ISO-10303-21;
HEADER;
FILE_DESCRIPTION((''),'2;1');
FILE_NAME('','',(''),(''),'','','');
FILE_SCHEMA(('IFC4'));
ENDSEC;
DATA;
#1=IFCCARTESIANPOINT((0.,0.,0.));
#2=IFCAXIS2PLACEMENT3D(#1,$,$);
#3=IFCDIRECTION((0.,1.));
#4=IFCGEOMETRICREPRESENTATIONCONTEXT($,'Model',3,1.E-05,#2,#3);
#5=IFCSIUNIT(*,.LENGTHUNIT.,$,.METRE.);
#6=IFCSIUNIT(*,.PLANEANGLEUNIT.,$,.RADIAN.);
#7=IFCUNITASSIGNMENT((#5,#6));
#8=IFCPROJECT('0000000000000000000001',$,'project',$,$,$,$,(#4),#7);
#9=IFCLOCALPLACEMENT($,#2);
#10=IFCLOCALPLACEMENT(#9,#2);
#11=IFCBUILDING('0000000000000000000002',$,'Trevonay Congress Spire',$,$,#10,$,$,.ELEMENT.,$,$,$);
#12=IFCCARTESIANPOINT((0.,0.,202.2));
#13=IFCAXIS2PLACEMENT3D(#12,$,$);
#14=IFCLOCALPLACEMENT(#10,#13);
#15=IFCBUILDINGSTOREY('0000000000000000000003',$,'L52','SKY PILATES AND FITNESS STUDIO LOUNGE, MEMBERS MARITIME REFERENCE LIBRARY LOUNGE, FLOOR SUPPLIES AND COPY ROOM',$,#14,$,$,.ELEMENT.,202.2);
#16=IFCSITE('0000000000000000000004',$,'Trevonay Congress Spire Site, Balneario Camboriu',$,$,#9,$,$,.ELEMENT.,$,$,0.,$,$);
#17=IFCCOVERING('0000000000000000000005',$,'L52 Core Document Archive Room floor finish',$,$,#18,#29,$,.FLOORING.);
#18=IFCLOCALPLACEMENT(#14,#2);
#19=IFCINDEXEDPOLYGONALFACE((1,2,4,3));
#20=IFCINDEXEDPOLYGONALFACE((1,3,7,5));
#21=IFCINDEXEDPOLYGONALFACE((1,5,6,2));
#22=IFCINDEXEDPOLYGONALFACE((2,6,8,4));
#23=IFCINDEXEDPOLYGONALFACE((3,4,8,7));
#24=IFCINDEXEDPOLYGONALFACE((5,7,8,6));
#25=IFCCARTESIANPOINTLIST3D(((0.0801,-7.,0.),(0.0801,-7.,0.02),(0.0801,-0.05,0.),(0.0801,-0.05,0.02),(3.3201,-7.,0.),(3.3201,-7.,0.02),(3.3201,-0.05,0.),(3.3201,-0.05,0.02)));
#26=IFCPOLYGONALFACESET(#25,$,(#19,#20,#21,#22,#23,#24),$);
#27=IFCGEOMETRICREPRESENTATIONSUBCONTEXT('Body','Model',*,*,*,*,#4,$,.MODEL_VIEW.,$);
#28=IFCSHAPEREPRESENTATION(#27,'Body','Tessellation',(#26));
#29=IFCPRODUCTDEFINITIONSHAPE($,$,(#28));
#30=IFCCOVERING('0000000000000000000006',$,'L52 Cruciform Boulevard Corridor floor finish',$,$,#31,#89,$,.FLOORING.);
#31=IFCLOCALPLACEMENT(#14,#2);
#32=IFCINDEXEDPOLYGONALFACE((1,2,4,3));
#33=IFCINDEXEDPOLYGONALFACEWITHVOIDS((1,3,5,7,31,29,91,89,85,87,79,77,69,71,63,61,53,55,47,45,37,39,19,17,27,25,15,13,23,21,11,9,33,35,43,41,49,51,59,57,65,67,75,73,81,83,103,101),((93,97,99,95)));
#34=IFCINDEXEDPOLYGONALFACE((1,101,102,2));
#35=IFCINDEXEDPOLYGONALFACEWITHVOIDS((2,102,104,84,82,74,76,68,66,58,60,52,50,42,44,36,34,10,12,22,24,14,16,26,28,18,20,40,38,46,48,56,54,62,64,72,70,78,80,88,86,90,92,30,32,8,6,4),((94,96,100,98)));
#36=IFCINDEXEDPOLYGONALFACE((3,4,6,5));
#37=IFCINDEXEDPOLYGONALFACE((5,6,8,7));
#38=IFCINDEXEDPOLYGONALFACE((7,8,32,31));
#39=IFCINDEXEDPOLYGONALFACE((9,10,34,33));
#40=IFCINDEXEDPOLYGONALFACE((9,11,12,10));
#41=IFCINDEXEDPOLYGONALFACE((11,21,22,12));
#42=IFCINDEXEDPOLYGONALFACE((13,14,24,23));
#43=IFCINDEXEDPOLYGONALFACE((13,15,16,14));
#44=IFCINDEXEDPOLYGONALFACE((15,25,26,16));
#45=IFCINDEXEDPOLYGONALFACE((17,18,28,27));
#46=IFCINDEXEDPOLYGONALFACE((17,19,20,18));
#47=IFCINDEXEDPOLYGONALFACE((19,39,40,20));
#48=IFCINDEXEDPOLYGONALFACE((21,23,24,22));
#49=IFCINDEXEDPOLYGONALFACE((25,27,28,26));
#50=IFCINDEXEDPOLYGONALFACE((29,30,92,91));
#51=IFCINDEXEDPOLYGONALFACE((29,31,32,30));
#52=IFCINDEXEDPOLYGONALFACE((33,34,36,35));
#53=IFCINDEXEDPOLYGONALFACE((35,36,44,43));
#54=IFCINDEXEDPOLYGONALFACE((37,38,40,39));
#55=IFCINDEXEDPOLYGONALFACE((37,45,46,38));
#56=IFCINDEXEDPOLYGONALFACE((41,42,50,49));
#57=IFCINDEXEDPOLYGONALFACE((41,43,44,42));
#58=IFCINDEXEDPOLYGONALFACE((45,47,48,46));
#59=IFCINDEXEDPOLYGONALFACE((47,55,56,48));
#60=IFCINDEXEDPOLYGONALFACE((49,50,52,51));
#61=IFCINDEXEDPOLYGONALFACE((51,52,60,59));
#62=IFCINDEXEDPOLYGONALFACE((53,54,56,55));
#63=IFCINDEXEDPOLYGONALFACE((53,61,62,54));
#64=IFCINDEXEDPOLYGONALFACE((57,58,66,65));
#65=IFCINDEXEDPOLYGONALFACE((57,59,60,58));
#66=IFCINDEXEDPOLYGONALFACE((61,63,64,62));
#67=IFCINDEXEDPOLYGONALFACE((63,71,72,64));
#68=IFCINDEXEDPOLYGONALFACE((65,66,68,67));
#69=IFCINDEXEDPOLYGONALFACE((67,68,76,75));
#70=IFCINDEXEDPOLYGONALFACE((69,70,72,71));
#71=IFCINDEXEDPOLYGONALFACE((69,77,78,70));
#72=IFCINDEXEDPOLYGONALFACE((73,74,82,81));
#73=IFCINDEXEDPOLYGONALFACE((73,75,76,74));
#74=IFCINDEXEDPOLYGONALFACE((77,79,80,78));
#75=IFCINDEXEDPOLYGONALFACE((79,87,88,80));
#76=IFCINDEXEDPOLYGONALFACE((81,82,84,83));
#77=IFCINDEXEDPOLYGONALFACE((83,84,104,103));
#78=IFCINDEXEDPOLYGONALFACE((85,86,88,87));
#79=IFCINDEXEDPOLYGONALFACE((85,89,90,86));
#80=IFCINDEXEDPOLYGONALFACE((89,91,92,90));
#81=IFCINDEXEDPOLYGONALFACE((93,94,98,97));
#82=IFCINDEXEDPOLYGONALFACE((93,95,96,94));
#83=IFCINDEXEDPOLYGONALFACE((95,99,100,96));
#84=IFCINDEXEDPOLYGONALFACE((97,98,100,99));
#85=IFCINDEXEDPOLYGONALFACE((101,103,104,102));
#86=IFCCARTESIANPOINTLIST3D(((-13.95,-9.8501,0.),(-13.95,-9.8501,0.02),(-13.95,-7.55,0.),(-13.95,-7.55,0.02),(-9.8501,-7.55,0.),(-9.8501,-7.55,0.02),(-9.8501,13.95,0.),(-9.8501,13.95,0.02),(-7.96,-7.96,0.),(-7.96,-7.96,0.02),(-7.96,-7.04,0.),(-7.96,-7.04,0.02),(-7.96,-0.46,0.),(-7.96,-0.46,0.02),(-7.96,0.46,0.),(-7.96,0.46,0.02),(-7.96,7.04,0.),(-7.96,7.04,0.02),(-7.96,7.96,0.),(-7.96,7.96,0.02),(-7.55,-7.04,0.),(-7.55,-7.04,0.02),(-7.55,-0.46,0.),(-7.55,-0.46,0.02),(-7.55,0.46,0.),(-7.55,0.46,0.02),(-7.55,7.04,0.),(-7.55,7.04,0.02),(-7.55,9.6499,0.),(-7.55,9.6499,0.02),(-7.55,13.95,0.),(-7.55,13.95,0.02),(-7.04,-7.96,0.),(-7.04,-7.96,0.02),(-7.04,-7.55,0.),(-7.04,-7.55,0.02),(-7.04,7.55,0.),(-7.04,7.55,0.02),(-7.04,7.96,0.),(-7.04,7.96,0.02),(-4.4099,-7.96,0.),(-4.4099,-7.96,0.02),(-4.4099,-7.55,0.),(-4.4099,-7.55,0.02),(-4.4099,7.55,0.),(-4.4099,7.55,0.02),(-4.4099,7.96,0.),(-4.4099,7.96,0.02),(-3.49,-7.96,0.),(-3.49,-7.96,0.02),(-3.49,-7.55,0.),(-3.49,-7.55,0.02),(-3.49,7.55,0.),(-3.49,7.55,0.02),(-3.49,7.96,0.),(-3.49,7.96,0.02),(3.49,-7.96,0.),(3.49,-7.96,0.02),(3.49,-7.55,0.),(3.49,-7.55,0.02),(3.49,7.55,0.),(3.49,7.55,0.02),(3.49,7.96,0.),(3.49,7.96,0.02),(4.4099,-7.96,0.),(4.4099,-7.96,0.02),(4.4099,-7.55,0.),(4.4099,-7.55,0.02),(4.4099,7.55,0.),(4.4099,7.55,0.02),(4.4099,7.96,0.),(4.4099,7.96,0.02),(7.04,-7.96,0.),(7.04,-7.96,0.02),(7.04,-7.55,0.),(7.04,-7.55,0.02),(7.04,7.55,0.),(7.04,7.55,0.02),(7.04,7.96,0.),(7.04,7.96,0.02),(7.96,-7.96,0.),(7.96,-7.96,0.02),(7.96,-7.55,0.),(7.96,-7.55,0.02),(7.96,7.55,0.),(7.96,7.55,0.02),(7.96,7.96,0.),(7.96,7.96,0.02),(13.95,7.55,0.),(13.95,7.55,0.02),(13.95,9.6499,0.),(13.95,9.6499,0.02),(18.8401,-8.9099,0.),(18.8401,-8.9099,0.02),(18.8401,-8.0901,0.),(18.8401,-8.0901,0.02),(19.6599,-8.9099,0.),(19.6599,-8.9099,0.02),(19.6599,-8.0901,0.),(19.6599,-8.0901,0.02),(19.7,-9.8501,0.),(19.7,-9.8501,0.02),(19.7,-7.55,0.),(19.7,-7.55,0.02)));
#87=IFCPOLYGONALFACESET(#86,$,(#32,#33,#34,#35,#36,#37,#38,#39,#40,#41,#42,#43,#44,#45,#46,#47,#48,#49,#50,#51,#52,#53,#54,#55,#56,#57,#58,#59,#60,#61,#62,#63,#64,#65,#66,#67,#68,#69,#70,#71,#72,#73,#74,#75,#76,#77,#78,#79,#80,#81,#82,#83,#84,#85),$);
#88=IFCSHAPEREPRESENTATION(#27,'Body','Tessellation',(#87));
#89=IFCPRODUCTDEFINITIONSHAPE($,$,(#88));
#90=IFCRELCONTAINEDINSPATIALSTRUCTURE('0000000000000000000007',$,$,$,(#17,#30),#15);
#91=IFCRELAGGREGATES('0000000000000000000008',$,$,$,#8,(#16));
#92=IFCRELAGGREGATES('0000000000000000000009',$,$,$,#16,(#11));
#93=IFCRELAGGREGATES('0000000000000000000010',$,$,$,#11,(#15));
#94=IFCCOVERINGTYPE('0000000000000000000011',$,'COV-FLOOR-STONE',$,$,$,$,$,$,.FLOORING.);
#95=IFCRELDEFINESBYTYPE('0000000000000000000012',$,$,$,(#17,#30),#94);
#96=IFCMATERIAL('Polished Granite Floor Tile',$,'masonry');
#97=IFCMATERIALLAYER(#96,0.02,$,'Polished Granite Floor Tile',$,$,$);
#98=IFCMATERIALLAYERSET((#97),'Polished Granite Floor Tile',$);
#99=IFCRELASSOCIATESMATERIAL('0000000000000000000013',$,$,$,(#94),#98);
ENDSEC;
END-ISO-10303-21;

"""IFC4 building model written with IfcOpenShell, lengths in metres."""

from ifc_helpers import new_model, si_unit, direction, frame, origin, place, context, subcontext, project, spatial, polyline, outline, extrude, material, layer, layer_set, type_object, element, save


model = new_model("IFC4")

# Units and contexts
model_context = context("Model", 3, precision=1e-05, world=origin(), true_north=direction((0.0, 1.0)))
body_context = subcontext(model_context, "Body", "Model", "MODEL_VIEW")
ifc_project = project(units=[si_unit("LENGTHUNIT", "METRE"), si_unit("PLANEANGLEUNIT", "RADIAN")], contexts=[model_context])

# Site, building, storey
site_placement = place(None, origin())
site = spatial("IfcSite", under=ifc_project, at=site_placement, Name="Trevonay Congress Spire Site, Balneario Camboriu", CompositionType="ELEMENT", RefElevation=0.0)
building_placement = place(site_placement, origin())
building = spatial("IfcBuilding", under=site, at=building_placement, Name="Trevonay Congress Spire", CompositionType="ELEMENT")
storey_placement = place(building_placement, frame((0.0, 0.0, 202.2)))
storey = spatial("IfcBuildingStorey", under=building, at=storey_placement, Name="L52", Description="SKY PILATES AND FITNESS STUDIO LOUNGE, MEMBERS MARITIME REFERENCE LIBRARY LOUNGE, FLOOR SUPPLIES AND COPY ROOM", CompositionType="ELEMENT", Elevation=202.2)

# Coverings
ifc_material_1 = material(Name="Polished Granite Floor Tile", Category="masonry")
ifc_layer_1 = layer(ifc_material_1, 0.02, Name="Polished Granite Floor Tile")
ifc_layer_set_1 = layer_set([ifc_layer_1], Name="Polished Granite Floor Tile")
covering_type_1 = type_object("IfcCoveringType", Name="COV-FLOOR-STONE", PredefinedType="FLOORING", material=ifc_layer_set_1)
covering_1_placement = place(storey_placement, origin())
element("IfcCovering", 1, at=covering_1_placement, inside=storey, type_object=covering_type_1, Name="L52 Core Document Archive Room floor finish", PredefinedType="FLOORING", context=body_context, shape_type="SweptSolid", body=[
    extrude(outline(polyline([(0.0801, -7.0), (3.3201, -7.0), (3.3201, -0.05), (0.0801, -0.05), (0.0801, -7.0)])), origin(), (0.0, 0.0, 1.0), 0.02),
])
covering_2_placement = place(storey_placement, origin())
element("IfcCovering", 2, at=covering_2_placement, inside=storey, type_object=covering_type_1, Name="L52 Cruciform Boulevard Corridor floor finish", PredefinedType="FLOORING", context=body_context, shape_type="SweptSolid", body=[
    extrude(outline(polyline([(19.7, -7.55), (19.7, -9.8501), (-13.95, -9.8501), (-13.95, -7.55), (-9.8501, -7.55), (-9.8501, 13.95), (-7.55, 13.95), (-7.55, 9.6499), (13.95, 9.6499), (13.95, 7.55), (7.96, 7.55), (7.96, 7.96), (7.04, 7.96), (7.04, 7.55), (4.4099, 7.55), (4.4099, 7.96), (3.49, 7.96), (3.49, 7.55), (-3.49, 7.55), (-3.49, 7.96), (-4.4099, 7.96), (-4.4099, 7.55), (-7.04, 7.55), (-7.04, 7.96), (-7.96, 7.96), (-7.96, 7.04), (-7.55, 7.04), (-7.55, 0.46), (-7.96, 0.46), (-7.96, -0.46), (-7.55, -0.46), (-7.55, -7.04), (-7.96, -7.04), (-7.96, -7.96), (-7.04, -7.96), (-7.04, -7.55), (-4.4099, -7.55), (-4.4099, -7.96), (-3.49, -7.96), (-3.49, -7.55), (3.49, -7.55), (3.49, -7.96), (4.4099, -7.96), (4.4099, -7.55), (7.04, -7.55), (7.04, -7.96), (7.96, -7.96), (7.96, -7.55), (19.7, -7.55)]), holes=[polyline([(19.6599, -8.0901), (18.8401, -8.0901), (18.8401, -8.9099), (19.6599, -8.9099), (19.6599, -8.0901)])]), origin(), (0.0, 0.0, 1.0), 0.02),
])

save(model, "model.ifc")
